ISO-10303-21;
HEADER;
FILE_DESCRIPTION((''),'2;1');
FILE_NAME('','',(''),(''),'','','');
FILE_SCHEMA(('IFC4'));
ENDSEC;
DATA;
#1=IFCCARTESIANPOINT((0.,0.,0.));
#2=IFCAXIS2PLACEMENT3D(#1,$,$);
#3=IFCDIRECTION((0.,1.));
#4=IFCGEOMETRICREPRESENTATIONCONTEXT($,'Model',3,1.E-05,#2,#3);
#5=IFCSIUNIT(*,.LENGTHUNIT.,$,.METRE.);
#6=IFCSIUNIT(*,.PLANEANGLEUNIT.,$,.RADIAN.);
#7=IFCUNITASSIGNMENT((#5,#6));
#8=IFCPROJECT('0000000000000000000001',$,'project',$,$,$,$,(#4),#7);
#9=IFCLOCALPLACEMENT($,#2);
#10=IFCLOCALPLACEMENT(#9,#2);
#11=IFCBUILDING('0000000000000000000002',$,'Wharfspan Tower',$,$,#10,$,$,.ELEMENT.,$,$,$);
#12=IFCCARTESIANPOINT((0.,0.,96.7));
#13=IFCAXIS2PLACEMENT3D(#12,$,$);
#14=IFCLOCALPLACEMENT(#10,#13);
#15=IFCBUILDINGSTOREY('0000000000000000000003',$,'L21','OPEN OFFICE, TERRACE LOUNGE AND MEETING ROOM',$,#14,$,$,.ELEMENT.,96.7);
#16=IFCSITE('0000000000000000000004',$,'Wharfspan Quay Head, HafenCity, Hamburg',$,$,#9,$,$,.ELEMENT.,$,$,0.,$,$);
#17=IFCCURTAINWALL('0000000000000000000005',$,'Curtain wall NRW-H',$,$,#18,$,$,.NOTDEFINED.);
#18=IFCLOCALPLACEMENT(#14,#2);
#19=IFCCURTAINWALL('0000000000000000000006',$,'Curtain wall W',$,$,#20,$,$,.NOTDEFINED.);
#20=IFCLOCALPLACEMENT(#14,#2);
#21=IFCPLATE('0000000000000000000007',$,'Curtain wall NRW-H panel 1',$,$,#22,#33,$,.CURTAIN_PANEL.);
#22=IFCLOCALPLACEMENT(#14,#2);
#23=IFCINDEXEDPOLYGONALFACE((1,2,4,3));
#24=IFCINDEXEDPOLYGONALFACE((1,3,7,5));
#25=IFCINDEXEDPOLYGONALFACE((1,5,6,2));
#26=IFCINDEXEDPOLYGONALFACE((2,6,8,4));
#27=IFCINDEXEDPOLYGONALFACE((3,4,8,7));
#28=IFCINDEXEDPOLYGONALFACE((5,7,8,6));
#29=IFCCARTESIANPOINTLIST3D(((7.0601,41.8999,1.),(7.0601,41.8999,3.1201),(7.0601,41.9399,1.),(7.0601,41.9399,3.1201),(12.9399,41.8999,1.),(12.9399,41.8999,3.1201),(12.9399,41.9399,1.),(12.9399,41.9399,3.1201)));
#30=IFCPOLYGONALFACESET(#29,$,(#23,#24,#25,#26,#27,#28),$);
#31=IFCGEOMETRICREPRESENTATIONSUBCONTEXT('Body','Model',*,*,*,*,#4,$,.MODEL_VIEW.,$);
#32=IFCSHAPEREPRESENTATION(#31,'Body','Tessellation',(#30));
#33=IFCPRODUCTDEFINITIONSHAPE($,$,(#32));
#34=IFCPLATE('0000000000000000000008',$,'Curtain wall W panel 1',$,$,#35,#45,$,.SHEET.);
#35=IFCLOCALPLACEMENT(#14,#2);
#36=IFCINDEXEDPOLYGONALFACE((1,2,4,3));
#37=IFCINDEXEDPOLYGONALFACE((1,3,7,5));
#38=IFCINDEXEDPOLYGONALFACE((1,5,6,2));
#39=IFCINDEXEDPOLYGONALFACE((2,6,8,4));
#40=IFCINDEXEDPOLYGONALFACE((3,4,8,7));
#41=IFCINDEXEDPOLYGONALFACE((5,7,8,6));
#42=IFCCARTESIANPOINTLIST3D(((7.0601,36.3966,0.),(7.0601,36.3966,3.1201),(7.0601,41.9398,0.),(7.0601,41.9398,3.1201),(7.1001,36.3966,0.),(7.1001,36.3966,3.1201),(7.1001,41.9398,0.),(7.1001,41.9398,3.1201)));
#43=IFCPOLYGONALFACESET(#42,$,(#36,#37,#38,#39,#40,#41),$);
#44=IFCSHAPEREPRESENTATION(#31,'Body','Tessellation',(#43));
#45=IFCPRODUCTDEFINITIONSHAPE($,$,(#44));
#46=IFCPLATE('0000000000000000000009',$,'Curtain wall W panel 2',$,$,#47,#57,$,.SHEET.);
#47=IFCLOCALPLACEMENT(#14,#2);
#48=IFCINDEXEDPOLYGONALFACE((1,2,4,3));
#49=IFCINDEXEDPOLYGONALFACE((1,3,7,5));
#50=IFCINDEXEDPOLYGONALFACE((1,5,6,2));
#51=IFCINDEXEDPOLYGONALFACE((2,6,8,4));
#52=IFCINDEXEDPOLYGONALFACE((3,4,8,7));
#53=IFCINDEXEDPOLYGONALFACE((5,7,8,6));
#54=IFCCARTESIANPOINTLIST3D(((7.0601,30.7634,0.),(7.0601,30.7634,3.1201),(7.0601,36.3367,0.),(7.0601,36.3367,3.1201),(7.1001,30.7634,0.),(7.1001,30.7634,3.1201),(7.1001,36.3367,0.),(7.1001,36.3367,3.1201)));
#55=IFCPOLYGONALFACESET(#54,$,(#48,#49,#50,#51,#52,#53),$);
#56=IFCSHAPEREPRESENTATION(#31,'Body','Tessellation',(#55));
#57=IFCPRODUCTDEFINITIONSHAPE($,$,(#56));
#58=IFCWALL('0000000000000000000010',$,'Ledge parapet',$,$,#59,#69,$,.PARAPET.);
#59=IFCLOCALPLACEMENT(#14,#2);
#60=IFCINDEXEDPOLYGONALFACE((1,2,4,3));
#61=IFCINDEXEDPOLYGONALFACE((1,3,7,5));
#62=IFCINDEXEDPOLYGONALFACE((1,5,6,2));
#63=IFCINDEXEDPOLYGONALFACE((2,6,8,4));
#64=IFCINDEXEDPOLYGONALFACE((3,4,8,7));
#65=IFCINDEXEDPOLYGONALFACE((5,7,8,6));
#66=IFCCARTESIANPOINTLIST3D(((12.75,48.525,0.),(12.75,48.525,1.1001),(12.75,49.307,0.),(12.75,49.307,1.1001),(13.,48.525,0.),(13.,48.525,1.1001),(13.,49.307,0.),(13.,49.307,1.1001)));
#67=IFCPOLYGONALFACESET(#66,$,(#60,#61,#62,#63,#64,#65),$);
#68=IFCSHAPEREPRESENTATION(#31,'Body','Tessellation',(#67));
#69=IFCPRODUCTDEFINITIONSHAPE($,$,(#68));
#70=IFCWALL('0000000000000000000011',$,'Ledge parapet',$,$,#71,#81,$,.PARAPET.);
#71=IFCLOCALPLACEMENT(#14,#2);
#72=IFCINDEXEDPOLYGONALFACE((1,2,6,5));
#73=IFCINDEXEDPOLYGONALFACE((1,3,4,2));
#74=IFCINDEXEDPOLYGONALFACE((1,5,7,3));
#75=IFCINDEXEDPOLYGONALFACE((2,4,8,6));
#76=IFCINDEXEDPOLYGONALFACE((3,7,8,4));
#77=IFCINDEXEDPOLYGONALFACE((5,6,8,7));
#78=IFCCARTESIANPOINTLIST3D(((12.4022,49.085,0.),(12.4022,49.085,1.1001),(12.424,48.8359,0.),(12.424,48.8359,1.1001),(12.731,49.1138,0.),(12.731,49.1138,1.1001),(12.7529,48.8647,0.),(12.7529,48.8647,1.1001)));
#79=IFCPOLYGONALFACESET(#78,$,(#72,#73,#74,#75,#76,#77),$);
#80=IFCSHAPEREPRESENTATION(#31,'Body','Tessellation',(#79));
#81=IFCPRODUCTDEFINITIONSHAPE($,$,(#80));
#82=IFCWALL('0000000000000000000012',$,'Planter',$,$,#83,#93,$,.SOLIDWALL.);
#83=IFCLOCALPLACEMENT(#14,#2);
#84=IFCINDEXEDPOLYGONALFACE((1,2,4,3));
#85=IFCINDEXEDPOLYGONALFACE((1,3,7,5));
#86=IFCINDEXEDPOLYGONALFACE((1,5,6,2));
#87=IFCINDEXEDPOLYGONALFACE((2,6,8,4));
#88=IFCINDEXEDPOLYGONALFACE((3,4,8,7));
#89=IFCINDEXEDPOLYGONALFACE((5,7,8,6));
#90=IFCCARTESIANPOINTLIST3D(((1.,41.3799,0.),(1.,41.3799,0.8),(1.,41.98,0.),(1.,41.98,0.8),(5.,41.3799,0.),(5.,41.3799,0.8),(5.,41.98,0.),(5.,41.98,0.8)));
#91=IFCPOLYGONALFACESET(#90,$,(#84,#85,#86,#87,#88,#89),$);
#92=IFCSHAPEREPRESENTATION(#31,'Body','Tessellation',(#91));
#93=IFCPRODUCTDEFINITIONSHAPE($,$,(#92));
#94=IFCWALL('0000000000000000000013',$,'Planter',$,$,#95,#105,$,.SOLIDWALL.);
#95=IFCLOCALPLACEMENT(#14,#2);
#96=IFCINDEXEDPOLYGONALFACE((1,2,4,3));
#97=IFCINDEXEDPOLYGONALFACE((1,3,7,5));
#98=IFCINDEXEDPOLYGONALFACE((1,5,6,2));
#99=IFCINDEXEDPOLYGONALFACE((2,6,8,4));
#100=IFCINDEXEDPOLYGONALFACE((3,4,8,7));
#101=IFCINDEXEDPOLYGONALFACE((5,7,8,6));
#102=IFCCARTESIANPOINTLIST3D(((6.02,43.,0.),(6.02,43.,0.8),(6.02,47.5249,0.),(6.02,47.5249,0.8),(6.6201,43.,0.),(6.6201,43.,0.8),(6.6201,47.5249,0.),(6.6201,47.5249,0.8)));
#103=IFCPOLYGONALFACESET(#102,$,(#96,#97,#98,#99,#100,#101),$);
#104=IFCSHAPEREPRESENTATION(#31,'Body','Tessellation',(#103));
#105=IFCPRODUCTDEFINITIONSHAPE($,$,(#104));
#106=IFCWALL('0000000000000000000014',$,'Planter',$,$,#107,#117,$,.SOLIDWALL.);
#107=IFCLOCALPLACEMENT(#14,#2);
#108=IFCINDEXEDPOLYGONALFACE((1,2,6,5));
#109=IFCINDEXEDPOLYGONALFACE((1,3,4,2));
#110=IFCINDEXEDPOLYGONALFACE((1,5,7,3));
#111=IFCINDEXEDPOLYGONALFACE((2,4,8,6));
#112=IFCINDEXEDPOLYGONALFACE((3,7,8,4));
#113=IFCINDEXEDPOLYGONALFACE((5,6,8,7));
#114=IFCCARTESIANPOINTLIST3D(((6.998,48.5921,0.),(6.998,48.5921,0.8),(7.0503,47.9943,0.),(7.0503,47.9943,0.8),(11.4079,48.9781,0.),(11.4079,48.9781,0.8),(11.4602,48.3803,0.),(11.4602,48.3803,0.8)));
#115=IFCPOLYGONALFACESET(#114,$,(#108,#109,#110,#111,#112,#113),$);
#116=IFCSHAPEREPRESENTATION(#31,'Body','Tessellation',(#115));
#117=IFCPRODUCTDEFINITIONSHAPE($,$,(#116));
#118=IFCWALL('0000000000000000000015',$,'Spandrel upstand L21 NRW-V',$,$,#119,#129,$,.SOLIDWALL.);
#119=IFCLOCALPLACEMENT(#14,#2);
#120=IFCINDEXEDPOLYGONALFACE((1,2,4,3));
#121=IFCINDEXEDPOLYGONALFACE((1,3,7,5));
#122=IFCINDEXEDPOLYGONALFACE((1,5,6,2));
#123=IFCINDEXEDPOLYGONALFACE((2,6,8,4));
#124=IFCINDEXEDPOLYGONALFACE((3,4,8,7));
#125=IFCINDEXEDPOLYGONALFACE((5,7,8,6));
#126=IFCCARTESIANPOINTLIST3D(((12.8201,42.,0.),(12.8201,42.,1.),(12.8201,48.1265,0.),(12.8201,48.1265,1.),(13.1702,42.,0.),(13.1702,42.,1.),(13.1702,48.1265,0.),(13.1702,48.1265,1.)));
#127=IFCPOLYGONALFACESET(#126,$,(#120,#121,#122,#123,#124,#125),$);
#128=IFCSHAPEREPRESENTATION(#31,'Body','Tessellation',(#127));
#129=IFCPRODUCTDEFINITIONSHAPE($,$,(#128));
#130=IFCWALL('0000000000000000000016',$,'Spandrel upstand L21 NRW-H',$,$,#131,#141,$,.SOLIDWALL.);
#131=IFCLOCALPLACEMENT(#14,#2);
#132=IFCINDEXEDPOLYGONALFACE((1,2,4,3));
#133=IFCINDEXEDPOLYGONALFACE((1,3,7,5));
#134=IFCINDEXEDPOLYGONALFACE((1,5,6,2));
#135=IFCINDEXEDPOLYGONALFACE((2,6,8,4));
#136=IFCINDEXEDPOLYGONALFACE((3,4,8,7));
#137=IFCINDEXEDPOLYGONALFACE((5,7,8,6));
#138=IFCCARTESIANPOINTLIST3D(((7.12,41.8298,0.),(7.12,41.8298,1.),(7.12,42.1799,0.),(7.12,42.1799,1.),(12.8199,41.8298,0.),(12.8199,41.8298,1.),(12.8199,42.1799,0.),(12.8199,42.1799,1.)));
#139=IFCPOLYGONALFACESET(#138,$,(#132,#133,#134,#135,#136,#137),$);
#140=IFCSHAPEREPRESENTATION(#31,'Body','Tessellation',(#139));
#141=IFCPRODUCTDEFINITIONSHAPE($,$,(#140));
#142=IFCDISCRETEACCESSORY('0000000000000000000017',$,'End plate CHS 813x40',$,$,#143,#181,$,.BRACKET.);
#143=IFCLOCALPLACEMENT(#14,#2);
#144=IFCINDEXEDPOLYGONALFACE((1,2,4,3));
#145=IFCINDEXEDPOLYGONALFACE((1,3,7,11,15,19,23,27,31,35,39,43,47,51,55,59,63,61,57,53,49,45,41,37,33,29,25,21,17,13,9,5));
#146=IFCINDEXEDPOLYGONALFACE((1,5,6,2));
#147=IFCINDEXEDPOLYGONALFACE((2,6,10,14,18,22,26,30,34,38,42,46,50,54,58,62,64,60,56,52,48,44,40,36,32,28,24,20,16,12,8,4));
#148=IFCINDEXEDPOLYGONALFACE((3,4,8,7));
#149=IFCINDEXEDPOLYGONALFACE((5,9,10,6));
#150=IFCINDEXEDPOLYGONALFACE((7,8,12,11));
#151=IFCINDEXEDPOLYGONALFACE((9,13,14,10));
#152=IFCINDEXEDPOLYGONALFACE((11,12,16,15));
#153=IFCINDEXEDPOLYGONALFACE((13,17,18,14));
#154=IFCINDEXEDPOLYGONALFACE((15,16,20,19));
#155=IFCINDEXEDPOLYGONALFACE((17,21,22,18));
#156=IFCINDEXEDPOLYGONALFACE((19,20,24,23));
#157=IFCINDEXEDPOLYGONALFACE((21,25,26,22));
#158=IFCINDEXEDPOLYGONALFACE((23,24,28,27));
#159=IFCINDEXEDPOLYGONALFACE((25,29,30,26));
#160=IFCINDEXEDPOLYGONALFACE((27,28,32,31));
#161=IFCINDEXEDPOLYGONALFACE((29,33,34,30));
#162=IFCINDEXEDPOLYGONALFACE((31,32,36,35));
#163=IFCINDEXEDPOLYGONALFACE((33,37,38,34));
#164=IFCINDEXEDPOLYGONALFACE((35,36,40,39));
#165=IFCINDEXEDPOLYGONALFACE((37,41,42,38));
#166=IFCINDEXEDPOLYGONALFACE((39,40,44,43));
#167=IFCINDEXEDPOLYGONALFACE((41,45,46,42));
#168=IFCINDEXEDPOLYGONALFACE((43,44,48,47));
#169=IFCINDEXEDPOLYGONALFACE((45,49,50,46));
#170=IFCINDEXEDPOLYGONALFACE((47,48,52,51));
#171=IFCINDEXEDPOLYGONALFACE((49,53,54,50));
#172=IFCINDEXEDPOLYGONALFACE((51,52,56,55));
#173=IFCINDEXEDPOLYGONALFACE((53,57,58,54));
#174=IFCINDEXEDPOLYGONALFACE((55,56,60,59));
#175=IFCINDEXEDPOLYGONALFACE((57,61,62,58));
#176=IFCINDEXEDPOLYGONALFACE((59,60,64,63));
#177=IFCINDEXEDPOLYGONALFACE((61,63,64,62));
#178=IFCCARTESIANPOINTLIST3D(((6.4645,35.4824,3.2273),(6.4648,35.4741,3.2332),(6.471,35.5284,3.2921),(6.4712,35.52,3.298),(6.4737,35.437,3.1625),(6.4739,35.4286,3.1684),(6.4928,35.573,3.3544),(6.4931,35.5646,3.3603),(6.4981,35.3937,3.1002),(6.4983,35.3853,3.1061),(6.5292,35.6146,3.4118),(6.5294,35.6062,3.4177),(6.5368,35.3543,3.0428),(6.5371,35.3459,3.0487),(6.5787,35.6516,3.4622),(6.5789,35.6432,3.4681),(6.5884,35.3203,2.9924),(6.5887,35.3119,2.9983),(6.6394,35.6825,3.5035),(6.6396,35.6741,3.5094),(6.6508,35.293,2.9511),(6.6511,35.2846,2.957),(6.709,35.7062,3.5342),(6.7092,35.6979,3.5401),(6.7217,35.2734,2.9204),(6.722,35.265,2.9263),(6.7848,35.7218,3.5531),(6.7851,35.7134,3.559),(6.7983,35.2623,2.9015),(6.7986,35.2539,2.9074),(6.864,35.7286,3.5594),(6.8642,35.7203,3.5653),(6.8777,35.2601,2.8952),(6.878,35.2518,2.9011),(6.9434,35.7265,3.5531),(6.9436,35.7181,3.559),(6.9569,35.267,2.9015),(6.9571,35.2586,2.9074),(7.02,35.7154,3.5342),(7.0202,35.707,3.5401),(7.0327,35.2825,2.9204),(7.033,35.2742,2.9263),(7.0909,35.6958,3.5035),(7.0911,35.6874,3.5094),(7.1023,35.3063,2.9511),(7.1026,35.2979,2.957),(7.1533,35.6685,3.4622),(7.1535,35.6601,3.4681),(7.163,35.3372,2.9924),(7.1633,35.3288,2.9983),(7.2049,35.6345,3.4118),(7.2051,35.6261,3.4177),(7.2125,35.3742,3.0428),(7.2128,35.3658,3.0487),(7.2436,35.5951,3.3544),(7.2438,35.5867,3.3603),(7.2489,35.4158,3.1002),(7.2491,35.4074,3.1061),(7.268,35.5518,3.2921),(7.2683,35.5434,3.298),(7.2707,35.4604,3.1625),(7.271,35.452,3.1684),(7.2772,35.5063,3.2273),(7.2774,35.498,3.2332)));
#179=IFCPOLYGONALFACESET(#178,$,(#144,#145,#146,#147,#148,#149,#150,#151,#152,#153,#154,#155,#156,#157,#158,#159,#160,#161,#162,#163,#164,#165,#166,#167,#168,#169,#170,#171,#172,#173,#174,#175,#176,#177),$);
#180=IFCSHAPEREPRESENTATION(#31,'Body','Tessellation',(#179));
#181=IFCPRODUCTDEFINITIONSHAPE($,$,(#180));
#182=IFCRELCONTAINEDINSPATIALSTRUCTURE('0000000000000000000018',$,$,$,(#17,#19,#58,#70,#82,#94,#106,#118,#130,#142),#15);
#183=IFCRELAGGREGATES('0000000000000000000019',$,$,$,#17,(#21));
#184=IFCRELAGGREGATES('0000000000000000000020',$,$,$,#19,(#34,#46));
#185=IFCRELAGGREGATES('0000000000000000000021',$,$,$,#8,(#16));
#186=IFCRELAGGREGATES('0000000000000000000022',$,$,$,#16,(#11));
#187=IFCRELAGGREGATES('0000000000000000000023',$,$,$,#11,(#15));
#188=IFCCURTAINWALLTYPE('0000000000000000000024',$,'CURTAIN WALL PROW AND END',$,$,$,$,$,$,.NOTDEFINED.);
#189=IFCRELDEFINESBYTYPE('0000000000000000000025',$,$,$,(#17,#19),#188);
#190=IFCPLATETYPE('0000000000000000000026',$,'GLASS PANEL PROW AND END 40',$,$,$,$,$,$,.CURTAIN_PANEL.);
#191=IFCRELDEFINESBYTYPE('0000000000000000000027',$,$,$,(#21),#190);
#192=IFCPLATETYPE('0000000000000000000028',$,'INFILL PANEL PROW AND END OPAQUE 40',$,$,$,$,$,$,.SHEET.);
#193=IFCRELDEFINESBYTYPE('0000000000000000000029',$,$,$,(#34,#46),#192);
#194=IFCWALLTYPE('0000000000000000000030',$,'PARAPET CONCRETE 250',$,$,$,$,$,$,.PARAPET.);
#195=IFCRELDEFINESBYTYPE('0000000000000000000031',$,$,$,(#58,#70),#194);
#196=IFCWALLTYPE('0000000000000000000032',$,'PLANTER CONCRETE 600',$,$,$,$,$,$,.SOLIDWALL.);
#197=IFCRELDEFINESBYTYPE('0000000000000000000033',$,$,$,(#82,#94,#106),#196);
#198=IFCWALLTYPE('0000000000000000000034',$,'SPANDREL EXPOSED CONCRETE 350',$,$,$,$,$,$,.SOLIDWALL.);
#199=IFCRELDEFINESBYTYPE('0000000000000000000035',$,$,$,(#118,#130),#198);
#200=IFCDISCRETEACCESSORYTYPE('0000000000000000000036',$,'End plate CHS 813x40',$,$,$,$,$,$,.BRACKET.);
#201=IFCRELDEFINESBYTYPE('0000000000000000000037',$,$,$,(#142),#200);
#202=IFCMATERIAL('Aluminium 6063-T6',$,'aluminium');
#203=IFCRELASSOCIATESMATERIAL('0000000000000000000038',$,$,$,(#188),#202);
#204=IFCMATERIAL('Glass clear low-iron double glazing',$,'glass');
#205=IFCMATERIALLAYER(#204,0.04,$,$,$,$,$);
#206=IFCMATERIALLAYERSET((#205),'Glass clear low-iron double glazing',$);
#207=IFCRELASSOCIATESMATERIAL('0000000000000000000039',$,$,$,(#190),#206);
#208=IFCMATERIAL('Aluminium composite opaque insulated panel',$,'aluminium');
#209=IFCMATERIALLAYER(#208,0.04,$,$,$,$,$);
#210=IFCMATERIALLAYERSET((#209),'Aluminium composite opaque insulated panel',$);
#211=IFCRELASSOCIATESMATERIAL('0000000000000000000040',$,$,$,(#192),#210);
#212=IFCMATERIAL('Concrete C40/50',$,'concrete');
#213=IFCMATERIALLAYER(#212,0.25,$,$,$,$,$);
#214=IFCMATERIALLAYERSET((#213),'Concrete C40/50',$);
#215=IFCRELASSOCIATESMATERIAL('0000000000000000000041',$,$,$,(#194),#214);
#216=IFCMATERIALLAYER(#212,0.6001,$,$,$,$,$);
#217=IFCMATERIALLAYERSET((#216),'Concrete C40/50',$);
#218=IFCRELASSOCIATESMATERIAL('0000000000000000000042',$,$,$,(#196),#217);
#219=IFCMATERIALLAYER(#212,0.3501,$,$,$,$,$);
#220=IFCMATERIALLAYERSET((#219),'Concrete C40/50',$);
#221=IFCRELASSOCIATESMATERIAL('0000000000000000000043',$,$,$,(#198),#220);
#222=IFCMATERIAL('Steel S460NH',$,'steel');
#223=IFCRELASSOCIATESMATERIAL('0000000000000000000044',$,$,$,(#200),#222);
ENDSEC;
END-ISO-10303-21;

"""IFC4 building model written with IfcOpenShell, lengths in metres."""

from ifc_helpers import new_model, si_unit, direction, frame, frame_2d, origin, origin_2d, place, context, subcontext, project, spatial, rectangle, circle, extrude, material, layer, layer_set, material_profile, profile_set, type_object, element, aggregate, save


model = new_model("IFC4")

# Units and contexts
model_context = context("Model", 3, precision=1e-05, world=origin(), true_north=direction((0.0, 1.0)))
body_context = subcontext(model_context, "Body", "Model", "MODEL_VIEW")
ifc_project = project(units=[si_unit("LENGTHUNIT", "METRE"), si_unit("PLANEANGLEUNIT", "RADIAN")], contexts=[model_context])

# Site, building, storey
site_placement = place(None, origin())
site = spatial("IfcSite", under=ifc_project, at=site_placement, Name="Wharfspan Quay Head, HafenCity, Hamburg", CompositionType="ELEMENT", RefElevation=0.0)
building_placement = place(site_placement, origin())
building = spatial("IfcBuilding", under=site, at=building_placement, Name="Wharfspan Tower", CompositionType="ELEMENT")
storey_placement = place(building_placement, frame((0.0, 0.0, 96.7)))
storey = spatial("IfcBuildingStorey", under=building, at=storey_placement, Name="L21", Description="OPEN OFFICE, TERRACE LOUNGE AND MEETING ROOM", CompositionType="ELEMENT", Elevation=96.7)

# Shared definitions
ifc_material_1 = material(Name="Steel S460NH", Category="steel")

# Curtain walls
ifc_material_2 = material(Name="Aluminium 6063-T6", Category="aluminium")
curtain_wall_type = type_object("IfcCurtainWallType", Name="CURTAIN WALL PROW AND END", PredefinedType="NOTDEFINED", material=ifc_material_2)
curtain_wall_1_placement = place(storey_placement, origin())
curtain_wall_1 = element("IfcCurtainWall", 1, at=curtain_wall_1_placement, inside=storey, type_object=curtain_wall_type, Name="Curtain wall NRW-H", PredefinedType="NOTDEFINED")
curtain_wall_2_placement = place(storey_placement, origin())
curtain_wall_2 = element("IfcCurtainWall", 2, at=curtain_wall_2_placement, inside=storey, type_object=curtain_wall_type, Name="Curtain wall W", PredefinedType="NOTDEFINED")

# Plates
ifc_material_3 = material(Name="Glass clear low-iron double glazing", Category="glass")
ifc_layer_1 = layer(ifc_material_3, 0.04)
ifc_layer_set_1 = layer_set([ifc_layer_1], Name="Glass clear low-iron double glazing")
plate_type_1 = type_object("IfcPlateType", Name="GLASS PANEL PROW AND END 40", PredefinedType="CURTAIN_PANEL", material=ifc_layer_set_1)
plate_1_placement = place(storey_placement, frame((10.0, 41.9199, 1.0), z_axis=(0.0, 0.0, 1.0), x_axis=(-1.0, 0.0, 0.0)))
plate_1 = element("IfcPlate", 3, at=plate_1_placement, type_object=plate_type_1, Name="Curtain wall NRW-H panel 1", PredefinedType="CURTAIN_PANEL", context=body_context, shape_type="SweptSolid", body=[
    extrude(rectangle(XDim=5.8799, YDim=0.04, at=origin_2d()), origin(), (0.0, 0.0, 1.0), 2.1201),
])
aggregate(curtain_wall_1, [plate_1])
ifc_material_4 = material(Name="Aluminium composite opaque insulated panel", Category="aluminium")
ifc_layer_2 = layer(ifc_material_4, 0.04)
ifc_layer_set_2 = layer_set([ifc_layer_2], Name="Aluminium composite opaque insulated panel")
plate_type_2 = type_object("IfcPlateType", Name="INFILL PANEL PROW AND END OPAQUE 40", PredefinedType="SHEET", material=ifc_layer_set_2)
plate_2_placement = place(storey_placement, frame((7.0801, 39.1682, 0.0), z_axis=(0.0, 0.0, 1.0), x_axis=(0.0, -1.0, 0.0)))
plate_2 = element("IfcPlate", 4, at=plate_2_placement, type_object=plate_type_2, Name="Curtain wall W panel 1", PredefinedType="SHEET", context=body_context, shape_type="SweptSolid", body=[
    extrude(rectangle(XDim=5.5432, YDim=0.04, at=origin_2d()), origin(), (0.0, 0.0, 1.0), 3.1201),
])
plate_3_placement = place(storey_placement, frame((7.0801, 33.55, 0.0), z_axis=(0.0, 0.0, 1.0), x_axis=(0.0, -1.0, 0.0)))
plate_3 = element("IfcPlate", 5, at=plate_3_placement, type_object=plate_type_2, Name="Curtain wall W panel 2", PredefinedType="SHEET", context=body_context, shape_type="SweptSolid", body=[
    extrude(rectangle(XDim=5.5732, YDim=0.04, at=origin_2d()), origin(), (0.0, 0.0, 1.0), 3.1201),
])
aggregate(curtain_wall_2, [plate_2, plate_3])

# Walls
ifc_material_5 = material(Name="Concrete C40/50", Category="concrete")
ifc_layer_3 = layer(ifc_material_5, 0.25)
ifc_layer_set_3 = layer_set([ifc_layer_3], Name="Concrete C40/50")
wall_type_1 = type_object("IfcWallType", Name="PARAPET CONCRETE 250", PredefinedType="PARAPET", material=ifc_layer_set_3)
wall_1_placement = place(storey_placement, frame((12.875, 48.5249, 0.0), z_axis=(0.0, 0.0, 1.0), x_axis=(0.0, 1.0, 0.0)))
element("IfcWall", 6, at=wall_1_placement, inside=storey, type_object=wall_type_1, Name="Ledge parapet", PredefinedType="PARAPET", context=body_context, shape_type="SweptSolid", body=[
    extrude(rectangle(XDim=0.782, YDim=0.25, at=frame_2d((0.3911, 0.0))), origin(), (0.0, 0.0, 1.0), 1.1001),
])
wall_2_placement = place(storey_placement, frame((12.7419, 48.9893, 0.0), z_axis=(0.0, 0.0, 1.0), x_axis=(-0.996186, -0.087268, 0.0)))
element("IfcWall", 7, at=wall_2_placement, inside=storey, type_object=wall_type_1, Name="Ledge parapet", PredefinedType="PARAPET", context=body_context, shape_type="SweptSolid", body=[
    extrude(rectangle(XDim=0.3301, YDim=0.25, at=frame_2d((0.165, 0.0))), origin(), (0.0, 0.0, 1.0), 1.1001),
])
ifc_layer_4 = layer(ifc_material_5, 0.6001)
ifc_layer_set_4 = layer_set([ifc_layer_4], Name="Concrete C40/50")
wall_type_2 = type_object("IfcWallType", Name="PLANTER CONCRETE 600", PredefinedType="SOLIDWALL", material=ifc_layer_set_4)
wall_3_placement = place(storey_placement, frame((1.0, 41.6799, 0.0), z_axis=(0.0, 0.0, 1.0), x_axis=(1.0, 0.0, 0.0)))
element("IfcWall", 8, at=wall_3_placement, inside=storey, type_object=wall_type_2, Name="Planter", PredefinedType="SOLIDWALL", context=body_context, shape_type="SweptSolid", body=[
    extrude(rectangle(XDim=4.0, YDim=0.6001, at=frame_2d((2.0, 0.0))), origin(), (0.0, 0.0, 1.0), 0.8),
])
wall_4_placement = place(storey_placement, frame((6.3201, 43.0, 0.0), z_axis=(0.0, 0.0, 1.0), x_axis=(0.0, 1.0, 0.0)))
element("IfcWall", 9, at=wall_4_placement, inside=storey, type_object=wall_type_2, Name="Planter", PredefinedType="SOLIDWALL", context=body_context, shape_type="SweptSolid", body=[
    extrude(rectangle(XDim=4.5249, YDim=0.6001, at=frame_2d((2.2625, 0.0))), origin(), (0.0, 0.0, 1.0), 0.8),
])
wall_5_placement = place(storey_placement, frame((7.0242, 48.2932, 0.0), z_axis=(0.0, 0.0, 1.0), x_axis=(0.996195, 0.087194, 0.0)))
element("IfcWall", 10, at=wall_5_placement, inside=storey, type_object=wall_type_2, Name="Planter", PredefinedType="SOLIDWALL", context=body_context, shape_type="SweptSolid", body=[
    extrude(rectangle(XDim=4.4268, YDim=0.6001, at=frame_2d((2.2134, 0.0))), origin(), (0.0, 0.0, 1.0), 0.8),
])
ifc_layer_5 = layer(ifc_material_5, 0.3501)
ifc_layer_set_5 = layer_set([ifc_layer_5], Name="Concrete C40/50")
wall_type_3 = type_object("IfcWallType", Name="SPANDREL EXPOSED CONCRETE 350", PredefinedType="SOLIDWALL", material=ifc_layer_set_5)
wall_6_placement = place(storey_placement, frame((12.9951, 48.1265, 0.0), z_axis=(0.0, 0.0, 1.0), x_axis=(0.0, -1.0, 0.0)))
element("IfcWall", 11, at=wall_6_placement, inside=storey, type_object=wall_type_3, Name="Spandrel upstand L21 NRW-V", PredefinedType="SOLIDWALL", context=body_context, shape_type="SweptSolid", body=[
    extrude(rectangle(XDim=6.1265, YDim=0.3501, at=frame_2d((3.0632, 0.0))), origin(), (0.0, 0.0, 1.0), 1.0),
])
wall_7_placement = place(storey_placement, frame((12.8201, 42.0049, 0.0), z_axis=(0.0, 0.0, 1.0), x_axis=(-1.0, 0.0, 0.0)))
element("IfcWall", 12, at=wall_7_placement, inside=storey, type_object=wall_type_3, Name="Spandrel upstand L21 NRW-H", PredefinedType="SOLIDWALL", context=body_context, shape_type="SweptSolid", body=[
    extrude(rectangle(XDim=5.7, YDim=0.3501, at=frame_2d((2.8501, 0.0))), origin(), (0.0, 0.0, 1.0), 1.0),
])

# Discrete accessory
ifc_material_profile_1 = material_profile(ifc_material_1, circle(Radius=0.4065, at=origin_2d()))
ifc_profile_set_1 = profile_set([ifc_material_profile_1], Name="Steel S460NH")
discrete_accessory_type = type_object("IfcDiscreteAccessoryType", Name="End plate CHS 813x40", PredefinedType="BRACKET", material=ifc_profile_set_1)
discrete_accessory_placement = place(storey_placement, frame((6.8708, 35.4944, 3.2273), z_axis=(0.024022, -0.816732, 0.576517), x_axis=(0.99957, 0.029399, -0.000001)))
element("IfcDiscreteAccessory", 13, at=discrete_accessory_placement, inside=storey, type_object=discrete_accessory_type, Name="End plate CHS 813x40", PredefinedType="BRACKET", context=body_context, shape_type="SweptSolid", body=[
    extrude(circle(Radius=0.4065, at=origin_2d()), origin(), (0.0, 0.0, 1.0), 0.0103),
])

save(model, "model.ifc")
